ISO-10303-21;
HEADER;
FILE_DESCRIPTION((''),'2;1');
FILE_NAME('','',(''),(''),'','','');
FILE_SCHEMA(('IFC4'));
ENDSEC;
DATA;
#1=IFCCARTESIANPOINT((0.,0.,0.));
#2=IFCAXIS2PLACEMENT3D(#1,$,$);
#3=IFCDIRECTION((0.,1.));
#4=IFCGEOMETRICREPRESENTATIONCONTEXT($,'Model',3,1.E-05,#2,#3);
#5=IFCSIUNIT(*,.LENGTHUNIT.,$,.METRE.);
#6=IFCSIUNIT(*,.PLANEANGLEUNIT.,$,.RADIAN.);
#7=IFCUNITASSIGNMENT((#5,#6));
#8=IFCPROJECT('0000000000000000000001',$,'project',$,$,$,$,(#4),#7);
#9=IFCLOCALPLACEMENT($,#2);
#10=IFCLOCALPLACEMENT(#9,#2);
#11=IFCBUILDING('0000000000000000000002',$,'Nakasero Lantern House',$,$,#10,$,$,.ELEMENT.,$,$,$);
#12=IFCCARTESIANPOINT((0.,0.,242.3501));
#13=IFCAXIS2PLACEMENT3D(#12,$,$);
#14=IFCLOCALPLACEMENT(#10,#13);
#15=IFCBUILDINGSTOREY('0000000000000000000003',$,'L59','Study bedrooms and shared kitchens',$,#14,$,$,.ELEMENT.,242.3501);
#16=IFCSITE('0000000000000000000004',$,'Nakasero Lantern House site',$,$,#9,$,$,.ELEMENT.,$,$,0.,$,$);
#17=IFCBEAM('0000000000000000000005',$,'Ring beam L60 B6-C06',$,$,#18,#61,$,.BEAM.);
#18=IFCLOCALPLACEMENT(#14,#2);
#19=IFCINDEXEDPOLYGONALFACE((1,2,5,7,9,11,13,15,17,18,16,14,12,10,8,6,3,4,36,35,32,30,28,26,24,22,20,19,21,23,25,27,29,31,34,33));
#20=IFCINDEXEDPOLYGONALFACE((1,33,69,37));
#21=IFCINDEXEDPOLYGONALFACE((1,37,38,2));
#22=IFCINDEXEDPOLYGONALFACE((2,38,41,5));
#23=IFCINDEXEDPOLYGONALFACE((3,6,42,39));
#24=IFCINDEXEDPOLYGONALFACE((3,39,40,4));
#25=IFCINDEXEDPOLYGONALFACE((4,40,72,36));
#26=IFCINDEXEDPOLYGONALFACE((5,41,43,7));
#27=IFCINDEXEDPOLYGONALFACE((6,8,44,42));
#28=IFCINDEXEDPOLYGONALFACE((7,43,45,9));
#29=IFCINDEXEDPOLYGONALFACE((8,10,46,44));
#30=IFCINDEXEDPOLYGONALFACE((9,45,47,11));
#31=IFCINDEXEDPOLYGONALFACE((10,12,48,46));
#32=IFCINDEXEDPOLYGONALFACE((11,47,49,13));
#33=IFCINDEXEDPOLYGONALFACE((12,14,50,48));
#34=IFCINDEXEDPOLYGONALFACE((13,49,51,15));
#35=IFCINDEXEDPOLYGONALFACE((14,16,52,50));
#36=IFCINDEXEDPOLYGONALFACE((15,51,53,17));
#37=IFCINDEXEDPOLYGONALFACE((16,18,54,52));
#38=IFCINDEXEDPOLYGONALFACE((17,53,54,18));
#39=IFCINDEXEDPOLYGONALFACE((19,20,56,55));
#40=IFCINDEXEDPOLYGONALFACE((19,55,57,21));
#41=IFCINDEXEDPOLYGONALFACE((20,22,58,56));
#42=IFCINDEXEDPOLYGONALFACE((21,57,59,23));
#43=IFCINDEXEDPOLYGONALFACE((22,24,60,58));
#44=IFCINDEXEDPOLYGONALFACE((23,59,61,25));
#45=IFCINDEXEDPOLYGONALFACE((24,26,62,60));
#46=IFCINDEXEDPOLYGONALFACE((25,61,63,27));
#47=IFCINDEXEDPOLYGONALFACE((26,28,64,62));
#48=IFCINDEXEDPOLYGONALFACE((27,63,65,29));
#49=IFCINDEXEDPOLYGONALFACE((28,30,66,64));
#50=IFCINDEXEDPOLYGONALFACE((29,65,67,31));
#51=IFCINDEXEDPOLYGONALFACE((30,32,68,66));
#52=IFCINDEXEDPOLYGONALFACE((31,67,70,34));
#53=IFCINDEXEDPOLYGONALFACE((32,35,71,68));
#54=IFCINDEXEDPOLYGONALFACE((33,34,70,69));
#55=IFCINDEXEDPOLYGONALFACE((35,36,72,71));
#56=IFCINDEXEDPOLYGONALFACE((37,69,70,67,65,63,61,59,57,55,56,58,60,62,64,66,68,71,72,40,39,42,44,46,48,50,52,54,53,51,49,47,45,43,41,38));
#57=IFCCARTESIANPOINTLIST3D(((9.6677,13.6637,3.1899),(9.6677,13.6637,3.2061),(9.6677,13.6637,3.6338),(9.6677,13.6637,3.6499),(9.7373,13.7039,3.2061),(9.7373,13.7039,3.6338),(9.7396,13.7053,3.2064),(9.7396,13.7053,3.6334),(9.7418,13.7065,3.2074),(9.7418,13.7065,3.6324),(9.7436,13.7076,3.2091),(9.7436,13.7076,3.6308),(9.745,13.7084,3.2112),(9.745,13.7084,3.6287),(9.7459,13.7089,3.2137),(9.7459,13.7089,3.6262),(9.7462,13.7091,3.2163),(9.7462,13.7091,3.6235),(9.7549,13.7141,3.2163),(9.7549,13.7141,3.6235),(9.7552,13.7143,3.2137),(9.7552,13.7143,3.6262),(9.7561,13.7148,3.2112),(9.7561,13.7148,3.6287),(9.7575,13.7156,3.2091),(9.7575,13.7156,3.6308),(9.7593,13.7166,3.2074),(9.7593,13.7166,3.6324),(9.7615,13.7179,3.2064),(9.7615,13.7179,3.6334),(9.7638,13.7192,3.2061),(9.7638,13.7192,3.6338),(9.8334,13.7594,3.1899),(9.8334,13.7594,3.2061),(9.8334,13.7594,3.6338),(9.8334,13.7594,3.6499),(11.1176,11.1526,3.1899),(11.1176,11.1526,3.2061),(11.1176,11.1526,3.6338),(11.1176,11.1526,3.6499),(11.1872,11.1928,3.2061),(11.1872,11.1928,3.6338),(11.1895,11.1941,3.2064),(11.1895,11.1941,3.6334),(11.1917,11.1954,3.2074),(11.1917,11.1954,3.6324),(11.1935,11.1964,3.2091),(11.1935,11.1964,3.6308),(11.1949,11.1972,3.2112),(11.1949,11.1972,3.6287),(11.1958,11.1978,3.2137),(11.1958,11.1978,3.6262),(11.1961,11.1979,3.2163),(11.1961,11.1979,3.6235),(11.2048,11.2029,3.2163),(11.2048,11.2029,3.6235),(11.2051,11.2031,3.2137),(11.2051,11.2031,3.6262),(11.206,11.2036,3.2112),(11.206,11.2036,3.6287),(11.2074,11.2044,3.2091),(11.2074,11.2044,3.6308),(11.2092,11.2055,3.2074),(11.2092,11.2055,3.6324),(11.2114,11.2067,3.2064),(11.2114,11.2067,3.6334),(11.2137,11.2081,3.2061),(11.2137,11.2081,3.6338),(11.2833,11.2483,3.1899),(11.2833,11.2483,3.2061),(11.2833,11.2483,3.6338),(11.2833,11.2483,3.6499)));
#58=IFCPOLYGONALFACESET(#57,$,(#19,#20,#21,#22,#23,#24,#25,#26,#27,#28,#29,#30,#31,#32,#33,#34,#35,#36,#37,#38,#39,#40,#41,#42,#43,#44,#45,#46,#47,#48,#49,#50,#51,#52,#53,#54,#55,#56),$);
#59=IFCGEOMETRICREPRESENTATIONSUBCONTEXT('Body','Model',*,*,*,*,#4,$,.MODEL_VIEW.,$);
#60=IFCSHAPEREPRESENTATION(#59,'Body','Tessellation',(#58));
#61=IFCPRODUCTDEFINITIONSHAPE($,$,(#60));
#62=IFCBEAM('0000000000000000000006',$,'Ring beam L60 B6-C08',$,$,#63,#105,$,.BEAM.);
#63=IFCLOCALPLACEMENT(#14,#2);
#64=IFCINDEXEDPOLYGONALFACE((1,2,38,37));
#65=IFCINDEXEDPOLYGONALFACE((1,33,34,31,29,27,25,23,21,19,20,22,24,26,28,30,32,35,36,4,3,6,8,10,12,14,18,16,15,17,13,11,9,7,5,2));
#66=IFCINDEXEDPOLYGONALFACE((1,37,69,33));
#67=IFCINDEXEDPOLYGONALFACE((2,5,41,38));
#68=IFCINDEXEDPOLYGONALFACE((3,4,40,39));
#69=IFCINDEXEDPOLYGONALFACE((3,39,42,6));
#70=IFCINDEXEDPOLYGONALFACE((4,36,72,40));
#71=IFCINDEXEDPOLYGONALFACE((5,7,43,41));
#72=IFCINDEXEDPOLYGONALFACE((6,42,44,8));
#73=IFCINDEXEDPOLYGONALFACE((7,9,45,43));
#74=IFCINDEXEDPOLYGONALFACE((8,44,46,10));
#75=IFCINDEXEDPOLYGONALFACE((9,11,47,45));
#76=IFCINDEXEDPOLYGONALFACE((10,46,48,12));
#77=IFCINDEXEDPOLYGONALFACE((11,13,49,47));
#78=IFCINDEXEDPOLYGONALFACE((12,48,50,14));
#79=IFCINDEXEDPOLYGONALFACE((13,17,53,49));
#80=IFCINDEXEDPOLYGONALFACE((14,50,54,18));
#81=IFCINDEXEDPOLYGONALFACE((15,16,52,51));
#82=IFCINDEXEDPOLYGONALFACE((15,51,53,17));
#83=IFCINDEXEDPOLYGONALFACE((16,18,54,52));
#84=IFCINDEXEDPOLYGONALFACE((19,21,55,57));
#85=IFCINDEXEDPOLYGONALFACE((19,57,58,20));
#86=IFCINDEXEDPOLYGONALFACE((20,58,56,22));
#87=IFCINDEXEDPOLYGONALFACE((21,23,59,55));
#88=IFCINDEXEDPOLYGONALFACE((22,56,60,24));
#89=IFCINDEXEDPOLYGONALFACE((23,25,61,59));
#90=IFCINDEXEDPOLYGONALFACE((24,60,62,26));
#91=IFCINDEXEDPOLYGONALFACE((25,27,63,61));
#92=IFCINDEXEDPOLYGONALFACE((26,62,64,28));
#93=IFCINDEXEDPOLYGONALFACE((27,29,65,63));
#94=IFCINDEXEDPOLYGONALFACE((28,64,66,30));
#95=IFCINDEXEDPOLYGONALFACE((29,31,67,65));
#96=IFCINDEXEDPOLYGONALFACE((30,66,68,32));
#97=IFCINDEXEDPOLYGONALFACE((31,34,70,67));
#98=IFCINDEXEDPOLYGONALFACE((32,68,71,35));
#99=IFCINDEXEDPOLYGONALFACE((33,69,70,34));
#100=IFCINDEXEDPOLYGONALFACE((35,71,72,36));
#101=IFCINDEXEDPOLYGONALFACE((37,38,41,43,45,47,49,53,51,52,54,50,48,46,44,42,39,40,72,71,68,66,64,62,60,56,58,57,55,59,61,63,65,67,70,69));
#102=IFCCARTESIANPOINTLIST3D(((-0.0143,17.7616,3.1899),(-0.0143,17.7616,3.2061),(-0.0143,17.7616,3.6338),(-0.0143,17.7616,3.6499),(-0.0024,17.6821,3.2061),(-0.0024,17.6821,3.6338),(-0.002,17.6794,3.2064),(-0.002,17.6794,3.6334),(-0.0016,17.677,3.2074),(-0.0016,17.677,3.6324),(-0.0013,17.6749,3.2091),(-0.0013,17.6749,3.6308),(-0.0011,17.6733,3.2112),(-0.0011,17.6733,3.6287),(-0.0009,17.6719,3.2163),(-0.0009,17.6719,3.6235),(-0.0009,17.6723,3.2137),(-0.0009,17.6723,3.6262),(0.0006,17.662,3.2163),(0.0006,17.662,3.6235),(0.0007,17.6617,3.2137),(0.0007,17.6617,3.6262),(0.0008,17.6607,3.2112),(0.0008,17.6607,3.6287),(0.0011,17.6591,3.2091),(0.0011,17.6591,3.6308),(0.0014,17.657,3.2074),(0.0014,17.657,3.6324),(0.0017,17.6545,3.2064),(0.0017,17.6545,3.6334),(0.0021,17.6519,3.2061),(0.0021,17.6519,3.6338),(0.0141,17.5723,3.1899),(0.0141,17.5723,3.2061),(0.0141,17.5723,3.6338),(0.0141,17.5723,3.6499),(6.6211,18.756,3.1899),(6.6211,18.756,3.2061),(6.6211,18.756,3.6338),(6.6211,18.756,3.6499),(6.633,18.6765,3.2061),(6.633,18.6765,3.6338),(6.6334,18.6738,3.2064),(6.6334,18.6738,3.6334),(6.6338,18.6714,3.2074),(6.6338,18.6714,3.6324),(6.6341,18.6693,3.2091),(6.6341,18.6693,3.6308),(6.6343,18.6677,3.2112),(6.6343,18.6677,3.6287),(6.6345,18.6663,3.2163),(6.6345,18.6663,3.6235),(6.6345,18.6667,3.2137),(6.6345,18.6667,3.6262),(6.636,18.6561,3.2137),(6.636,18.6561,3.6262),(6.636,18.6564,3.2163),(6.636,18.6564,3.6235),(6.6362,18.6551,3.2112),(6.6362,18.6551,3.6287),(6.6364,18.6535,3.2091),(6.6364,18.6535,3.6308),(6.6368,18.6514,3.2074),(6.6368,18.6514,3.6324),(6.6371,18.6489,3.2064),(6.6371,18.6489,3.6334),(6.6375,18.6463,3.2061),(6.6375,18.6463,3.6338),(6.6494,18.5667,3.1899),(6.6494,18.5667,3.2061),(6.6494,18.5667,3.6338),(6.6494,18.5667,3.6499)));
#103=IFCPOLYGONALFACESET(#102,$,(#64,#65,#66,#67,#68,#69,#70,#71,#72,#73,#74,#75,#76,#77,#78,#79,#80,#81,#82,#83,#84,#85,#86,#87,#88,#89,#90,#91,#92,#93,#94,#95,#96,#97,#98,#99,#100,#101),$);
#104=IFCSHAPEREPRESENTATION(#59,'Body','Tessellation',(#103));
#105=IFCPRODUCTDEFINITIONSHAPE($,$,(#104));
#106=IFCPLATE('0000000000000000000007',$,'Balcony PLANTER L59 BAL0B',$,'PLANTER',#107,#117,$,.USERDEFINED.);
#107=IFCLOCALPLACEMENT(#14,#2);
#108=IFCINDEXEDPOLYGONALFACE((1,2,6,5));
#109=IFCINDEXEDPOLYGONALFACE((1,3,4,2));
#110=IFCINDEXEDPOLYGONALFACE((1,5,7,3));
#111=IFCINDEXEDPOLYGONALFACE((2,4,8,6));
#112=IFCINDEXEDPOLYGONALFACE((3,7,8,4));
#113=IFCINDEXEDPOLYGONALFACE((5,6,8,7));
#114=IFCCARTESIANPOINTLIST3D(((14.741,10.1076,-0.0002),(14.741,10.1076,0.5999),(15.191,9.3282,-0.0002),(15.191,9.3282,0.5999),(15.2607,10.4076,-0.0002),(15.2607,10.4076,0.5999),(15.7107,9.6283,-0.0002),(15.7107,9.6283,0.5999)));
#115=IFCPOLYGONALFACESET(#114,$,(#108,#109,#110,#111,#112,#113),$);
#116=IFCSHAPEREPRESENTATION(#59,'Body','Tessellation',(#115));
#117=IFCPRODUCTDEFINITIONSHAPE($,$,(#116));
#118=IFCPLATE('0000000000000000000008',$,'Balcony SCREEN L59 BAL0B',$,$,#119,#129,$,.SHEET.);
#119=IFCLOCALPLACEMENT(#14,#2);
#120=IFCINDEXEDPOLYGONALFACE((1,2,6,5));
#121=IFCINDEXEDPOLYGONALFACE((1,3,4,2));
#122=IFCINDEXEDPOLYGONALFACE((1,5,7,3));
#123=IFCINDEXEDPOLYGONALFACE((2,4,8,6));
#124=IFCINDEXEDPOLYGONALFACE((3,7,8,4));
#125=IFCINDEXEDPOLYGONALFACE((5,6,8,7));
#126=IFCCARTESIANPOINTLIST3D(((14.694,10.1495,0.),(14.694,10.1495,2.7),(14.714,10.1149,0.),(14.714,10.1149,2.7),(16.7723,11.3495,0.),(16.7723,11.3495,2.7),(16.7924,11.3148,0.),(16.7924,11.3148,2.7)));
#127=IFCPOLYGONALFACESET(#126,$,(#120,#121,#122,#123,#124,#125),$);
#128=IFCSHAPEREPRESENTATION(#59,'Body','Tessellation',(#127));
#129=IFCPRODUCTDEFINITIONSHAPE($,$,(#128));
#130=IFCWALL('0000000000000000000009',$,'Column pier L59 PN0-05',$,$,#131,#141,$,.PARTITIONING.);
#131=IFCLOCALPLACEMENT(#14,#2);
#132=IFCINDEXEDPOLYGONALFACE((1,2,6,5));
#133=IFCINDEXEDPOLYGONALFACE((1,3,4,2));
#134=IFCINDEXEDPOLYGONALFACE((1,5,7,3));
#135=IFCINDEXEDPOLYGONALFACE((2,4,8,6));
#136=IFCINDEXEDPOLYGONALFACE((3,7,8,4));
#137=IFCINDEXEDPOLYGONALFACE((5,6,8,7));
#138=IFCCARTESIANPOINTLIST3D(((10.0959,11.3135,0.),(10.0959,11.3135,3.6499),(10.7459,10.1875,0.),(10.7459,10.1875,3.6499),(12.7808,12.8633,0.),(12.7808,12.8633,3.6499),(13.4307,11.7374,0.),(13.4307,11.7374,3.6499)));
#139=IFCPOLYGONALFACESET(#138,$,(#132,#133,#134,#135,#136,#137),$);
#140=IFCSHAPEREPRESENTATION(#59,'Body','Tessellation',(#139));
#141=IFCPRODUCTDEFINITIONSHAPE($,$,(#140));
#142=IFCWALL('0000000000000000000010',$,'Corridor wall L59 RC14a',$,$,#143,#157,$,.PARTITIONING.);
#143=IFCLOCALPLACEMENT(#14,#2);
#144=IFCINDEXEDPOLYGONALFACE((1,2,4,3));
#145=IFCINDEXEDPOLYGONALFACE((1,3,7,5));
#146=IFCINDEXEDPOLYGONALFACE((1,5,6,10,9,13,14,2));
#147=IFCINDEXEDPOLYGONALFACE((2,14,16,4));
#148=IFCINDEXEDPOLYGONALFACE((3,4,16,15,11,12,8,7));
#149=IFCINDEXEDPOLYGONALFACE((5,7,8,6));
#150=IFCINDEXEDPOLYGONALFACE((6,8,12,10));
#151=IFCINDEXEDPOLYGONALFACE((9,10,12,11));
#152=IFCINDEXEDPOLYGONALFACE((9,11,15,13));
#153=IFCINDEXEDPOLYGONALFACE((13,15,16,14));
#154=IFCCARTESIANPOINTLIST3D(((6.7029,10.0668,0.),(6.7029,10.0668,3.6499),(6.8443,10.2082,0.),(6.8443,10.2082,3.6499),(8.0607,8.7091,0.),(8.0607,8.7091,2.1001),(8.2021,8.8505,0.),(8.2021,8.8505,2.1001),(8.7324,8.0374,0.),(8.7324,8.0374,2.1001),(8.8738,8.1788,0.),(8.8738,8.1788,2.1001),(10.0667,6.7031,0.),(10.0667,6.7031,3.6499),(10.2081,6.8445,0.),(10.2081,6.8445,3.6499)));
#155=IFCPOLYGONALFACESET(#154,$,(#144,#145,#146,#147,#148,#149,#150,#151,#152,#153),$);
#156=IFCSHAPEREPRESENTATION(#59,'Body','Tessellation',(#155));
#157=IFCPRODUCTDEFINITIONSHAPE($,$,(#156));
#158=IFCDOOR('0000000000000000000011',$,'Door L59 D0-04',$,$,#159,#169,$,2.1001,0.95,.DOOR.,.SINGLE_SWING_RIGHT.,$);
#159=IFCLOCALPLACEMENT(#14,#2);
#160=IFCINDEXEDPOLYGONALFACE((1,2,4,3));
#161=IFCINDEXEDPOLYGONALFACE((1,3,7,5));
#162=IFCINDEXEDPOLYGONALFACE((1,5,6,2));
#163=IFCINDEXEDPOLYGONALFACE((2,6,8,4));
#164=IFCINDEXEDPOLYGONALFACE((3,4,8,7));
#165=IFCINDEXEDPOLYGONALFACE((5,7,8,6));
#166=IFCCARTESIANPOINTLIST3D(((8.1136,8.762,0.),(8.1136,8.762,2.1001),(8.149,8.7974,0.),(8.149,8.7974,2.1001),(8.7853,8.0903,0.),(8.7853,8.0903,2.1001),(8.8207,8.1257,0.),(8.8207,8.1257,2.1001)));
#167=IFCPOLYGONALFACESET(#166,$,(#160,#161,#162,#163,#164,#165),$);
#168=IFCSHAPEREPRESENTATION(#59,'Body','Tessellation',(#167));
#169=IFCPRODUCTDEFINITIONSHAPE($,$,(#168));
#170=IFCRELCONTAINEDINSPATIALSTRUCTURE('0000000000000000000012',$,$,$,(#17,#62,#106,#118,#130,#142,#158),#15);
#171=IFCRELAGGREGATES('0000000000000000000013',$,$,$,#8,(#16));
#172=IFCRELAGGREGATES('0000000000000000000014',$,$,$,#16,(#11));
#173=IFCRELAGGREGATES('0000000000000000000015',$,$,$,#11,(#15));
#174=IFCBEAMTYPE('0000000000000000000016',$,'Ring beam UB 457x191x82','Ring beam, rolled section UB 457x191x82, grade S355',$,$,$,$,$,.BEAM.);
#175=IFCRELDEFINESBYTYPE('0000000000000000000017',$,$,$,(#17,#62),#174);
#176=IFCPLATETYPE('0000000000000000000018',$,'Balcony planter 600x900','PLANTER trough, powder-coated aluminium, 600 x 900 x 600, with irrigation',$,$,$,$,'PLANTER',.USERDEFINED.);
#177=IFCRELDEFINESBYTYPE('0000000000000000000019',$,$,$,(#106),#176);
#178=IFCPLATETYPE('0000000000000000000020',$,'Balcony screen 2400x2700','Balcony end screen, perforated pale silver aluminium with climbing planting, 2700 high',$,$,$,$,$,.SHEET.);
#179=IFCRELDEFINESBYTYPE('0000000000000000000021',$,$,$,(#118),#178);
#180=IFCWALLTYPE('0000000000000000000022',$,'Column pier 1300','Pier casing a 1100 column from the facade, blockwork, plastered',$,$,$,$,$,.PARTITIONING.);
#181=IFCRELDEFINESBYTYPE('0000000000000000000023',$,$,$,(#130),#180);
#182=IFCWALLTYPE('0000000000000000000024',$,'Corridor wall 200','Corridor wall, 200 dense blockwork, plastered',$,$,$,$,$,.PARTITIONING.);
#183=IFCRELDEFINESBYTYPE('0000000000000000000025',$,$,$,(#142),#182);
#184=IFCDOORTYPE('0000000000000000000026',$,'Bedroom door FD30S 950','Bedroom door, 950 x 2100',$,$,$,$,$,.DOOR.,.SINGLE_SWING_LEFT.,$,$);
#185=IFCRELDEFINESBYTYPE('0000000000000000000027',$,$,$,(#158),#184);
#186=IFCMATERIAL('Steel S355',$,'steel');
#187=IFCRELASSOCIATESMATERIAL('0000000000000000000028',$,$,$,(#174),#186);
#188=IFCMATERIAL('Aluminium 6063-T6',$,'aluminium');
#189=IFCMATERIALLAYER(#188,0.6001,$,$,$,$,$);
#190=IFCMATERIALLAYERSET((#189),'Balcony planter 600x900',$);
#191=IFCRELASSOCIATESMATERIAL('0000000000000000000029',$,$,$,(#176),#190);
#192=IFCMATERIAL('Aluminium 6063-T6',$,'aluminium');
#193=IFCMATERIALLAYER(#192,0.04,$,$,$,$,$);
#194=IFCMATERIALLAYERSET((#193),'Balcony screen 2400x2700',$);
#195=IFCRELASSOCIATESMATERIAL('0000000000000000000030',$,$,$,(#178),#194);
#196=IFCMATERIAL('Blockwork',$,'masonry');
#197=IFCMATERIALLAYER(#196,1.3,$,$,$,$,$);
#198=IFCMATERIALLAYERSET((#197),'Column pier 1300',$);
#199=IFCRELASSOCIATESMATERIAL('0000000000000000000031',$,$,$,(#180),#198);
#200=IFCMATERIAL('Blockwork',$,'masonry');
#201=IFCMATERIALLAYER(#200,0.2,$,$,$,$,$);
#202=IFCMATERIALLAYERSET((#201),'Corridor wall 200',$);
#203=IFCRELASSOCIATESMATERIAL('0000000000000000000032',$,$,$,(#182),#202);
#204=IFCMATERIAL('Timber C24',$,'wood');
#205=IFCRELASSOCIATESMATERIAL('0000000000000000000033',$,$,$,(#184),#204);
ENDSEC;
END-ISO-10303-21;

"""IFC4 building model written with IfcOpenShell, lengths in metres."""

from ifc_helpers import new_model, si_unit, direction, frame, frame_2d, origin, origin_2d, place, context, subcontext, project, spatial, rectangle, i_section, extrude, material, layer, layer_set, material_profile, profile_set, type_object, element, fill, save


model = new_model("IFC4")

# Units and contexts
model_context = context("Model", 3, precision=1e-05, world=origin(), true_north=direction((0.0, 1.0)))
body_context = subcontext(model_context, "Body", "Model", "MODEL_VIEW")
ifc_project = project(units=[si_unit("LENGTHUNIT", "METRE"), si_unit("PLANEANGLEUNIT", "RADIAN")], contexts=[model_context])

# Site, building, storey
site_placement = place(None, origin())
site = spatial("IfcSite", under=ifc_project, at=site_placement, Name="Nakasero Lantern House site", CompositionType="ELEMENT", RefElevation=0.0)
building_placement = place(site_placement, origin())
building = spatial("IfcBuilding", under=site, at=building_placement, Name="Nakasero Lantern House", CompositionType="ELEMENT")
storey_placement = place(building_placement, frame((0.0, 0.0, 242.3501)))
storey = spatial("IfcBuildingStorey", under=building, at=storey_placement, Name="L59", Description="Study bedrooms and shared kitchens", CompositionType="ELEMENT", Elevation=242.3501)

# Beams
ifc_material_1 = material(Name="Steel S355", Category="steel")
ifc_material_profile_1 = material_profile(ifc_material_1, i_section(OverallWidth=0.1914, OverallDepth=0.46, WebThickness=0.01, FlangeThickness=0.0161, FilletRadius=0.0103, at=origin_2d()), Name="UB 457x191x82")
ifc_profile_set_1 = profile_set([ifc_material_profile_1], Name="Steel S355")
beam_type_1 = type_object("IfcBeamType", Name="Ring beam UB 457x191x82", Description="Ring beam, rolled section UB 457x191x82, grade S355", PredefinedType="BEAM", material=ifc_profile_set_1)
beam_1_placement = place(storey_placement, frame((11.2004, 11.2004, 3.4199), z_axis=(-0.500024, 0.866012, 0.0), x_axis=(-0.866012, -0.500024, 0.0)))
element("IfcBeam", 1, at=beam_1_placement, inside=storey, type_object=beam_type_1, Name="Ring beam L60 B6-C06", PredefinedType="BEAM", context=body_context, shape_type="SweptSolid", body=[
    extrude(i_section(OverallWidth=0.1914, OverallDepth=0.46, WebThickness=0.01, FlangeThickness=0.0161, FilletRadius=0.0103, at=origin_2d()), origin(), (0.0, 0.0, 1.0), 2.8997),
])
beam_2_placement = place(storey_placement, frame((6.6353, 18.6614, 3.4199), z_axis=(-0.988956, -0.148209, 0.0), x_axis=(0.148209, -0.988956, 0.0)))
element("IfcBeam", 2, at=beam_2_placement, inside=storey, type_object=beam_type_1, Name="Ring beam L60 B6-C08", PredefinedType="BEAM", context=body_context, shape_type="SweptSolid", body=[
    extrude(i_section(OverallWidth=0.1914, OverallDepth=0.46, WebThickness=0.01, FlangeThickness=0.0161, FilletRadius=0.0103, at=origin_2d()), origin(), (0.0, 0.0, 1.0), 6.7095),
])

# Plates
ifc_material_2 = material(Name="Aluminium 6063-T6", Category="aluminium")
ifc_layer_1 = layer(ifc_material_2, 0.6001)
ifc_layer_set_1 = layer_set([ifc_layer_1], Name="Balcony planter 600x900")
plate_type_1 = type_object("IfcPlateType", Name="Balcony planter 600x900", Description="PLANTER trough, powder-coated aluminium, 600 x 900 x 600, with irrigation", ElementType="PLANTER", PredefinedType="USERDEFINED", material=ifc_layer_set_1)
plate_1_placement = place(storey_placement, frame((15.2258, 9.8679, -0.0002), z_axis=(0.0, 0.0, 1.0), x_axis=(0.866025, 0.5, 0.0)))
element("IfcPlate", 3, at=plate_1_placement, inside=storey, type_object=plate_type_1, Name="Balcony PLANTER L59 BAL0B", ObjectType="PLANTER", PredefinedType="USERDEFINED", context=body_context, shape_type="SweptSolid", body=[
    extrude(rectangle(XDim=0.6001, YDim=0.8999, at=origin_2d()), origin(), (0.0, 0.0, 1.0), 0.6001),
])
ifc_material_3 = material(Name="Aluminium 6063-T6", Category="aluminium")
ifc_layer_2 = layer(ifc_material_3, 0.04)
ifc_layer_set_2 = layer_set([ifc_layer_2], Name="Balcony screen 2400x2700")
plate_type_2 = type_object("IfcPlateType", Name="Balcony screen 2400x2700", Description="Balcony end screen, perforated pale silver aluminium with climbing planting, 2700 high", PredefinedType="SHEET", material=ifc_layer_set_2)
plate_2_placement = place(storey_placement, frame((15.7432, 10.7322, 0.0), z_axis=(0.0, 0.0, 1.0), x_axis=(0.866025, 0.5, 0.0)))
element("IfcPlate", 4, at=plate_2_placement, inside=storey, type_object=plate_type_2, Name="Balcony SCREEN L59 BAL0B", PredefinedType="SHEET", context=body_context, shape_type="SweptSolid", body=[
    extrude(rectangle(XDim=2.3999, YDim=0.04, at=origin_2d()), origin(), (0.0, 0.0, 1.0), 2.7),
])

# Wall
ifc_material_4 = material(Name="Blockwork", Category="masonry")
ifc_layer_3 = layer(ifc_material_4, 1.3)
ifc_layer_set_3 = layer_set([ifc_layer_3], Name="Column pier 1300")
wall_type_1 = type_object("IfcWallType", Name="Column pier 1300", Description="Pier casing a 1100 column from the facade, blockwork, plastered", PredefinedType="PARTITIONING", material=ifc_layer_set_3)
wall_1_placement = place(storey_placement, frame((10.4209, 10.7505, 0.0), z_axis=(0.0, 0.0, 1.0), x_axis=(0.866064, 0.499934, 0.0)))
element("IfcWall", 5, at=wall_1_placement, inside=storey, type_object=wall_type_1, Name="Column pier L59 PN0-05", PredefinedType="PARTITIONING", context=body_context, shape_type="SweptSolid", body=[
    extrude(rectangle(XDim=3.1001, YDim=1.3, at=frame_2d((1.55, 0.0))), origin(), (0.0, 0.0, 1.0), 3.6499),
])

# Wall, opening, door
ifc_material_5 = material(Name="Blockwork", Category="masonry")
ifc_layer_4 = layer(ifc_material_5, 0.2)
ifc_layer_set_4 = layer_set([ifc_layer_4], Name="Corridor wall 200")
wall_type_2 = type_object("IfcWallType", Name="Corridor wall 200", Description="Corridor wall, 200 dense blockwork, plastered", PredefinedType="PARTITIONING", material=ifc_layer_set_4)
wall_2_placement = place(storey_placement, frame((6.7737, 10.1375, 0.0), z_axis=(0.0, 0.0, 1.0), x_axis=(0.707107, -0.707107, 0.0)))
wall_2 = element("IfcWall", 6, at=wall_2_placement, inside=storey, type_object=wall_type_2, Name="Corridor wall L59 RC14a", PredefinedType="PARTITIONING", context=body_context, shape_type="SweptSolid", body=[
    extrude(rectangle(XDim=4.7571, YDim=0.2, at=frame_2d((2.3784, 0.0))), origin(), (0.0, 0.0, 1.0), 3.6499),
])
opening_1_placement = place(wall_2_placement, frame((1.9199, 0.0, 0.0)))
opening_1 = element("IfcOpeningElement", 7, at=opening_1_placement, cuts=wall_2, PredefinedType="OPENING", context=body_context, shape_type="SweptSolid", body=[
    extrude(rectangle(XDim=0.95, YDim=2.1001, at=frame_2d((0.4751, 1.05))), frame((0.0, 0.1199, 0.0), z_axis=(0.0, -1.0, 0.0), x_axis=(1.0, 0.0, 0.0)), (0.0, 0.0, 1.0), 0.24),
])
ifc_material_6 = material(Name="Timber C24", Category="wood")
door_type_1 = type_object("IfcDoorType", Name="Bedroom door FD30S 950", Description="Bedroom door, 950 x 2100", OperationType="SINGLE_SWING_LEFT", PredefinedType="DOOR", material=ifc_material_6)
door_1_placement = place(opening_1_placement, origin())
door_1 = element("IfcDoor", 8, at=door_1_placement, inside=storey, type_object=door_type_1, Name="Door L59 D0-04", OperationType="SINGLE_SWING_RIGHT", OverallHeight=2.1001, OverallWidth=0.95, PredefinedType="DOOR", context=body_context, shape_type="SweptSolid", body=[
    extrude(rectangle(XDim=0.95, YDim=2.1001, at=frame_2d((0.4751, 1.05))), frame((0.0, 0.0249, 0.0), z_axis=(0.0, -1.0, 0.0), x_axis=(1.0, 0.0, 0.0)), (0.0, 0.0, 1.0), 0.05),
])
fill(opening_1, door_1)

save(model, "model.ifc")
